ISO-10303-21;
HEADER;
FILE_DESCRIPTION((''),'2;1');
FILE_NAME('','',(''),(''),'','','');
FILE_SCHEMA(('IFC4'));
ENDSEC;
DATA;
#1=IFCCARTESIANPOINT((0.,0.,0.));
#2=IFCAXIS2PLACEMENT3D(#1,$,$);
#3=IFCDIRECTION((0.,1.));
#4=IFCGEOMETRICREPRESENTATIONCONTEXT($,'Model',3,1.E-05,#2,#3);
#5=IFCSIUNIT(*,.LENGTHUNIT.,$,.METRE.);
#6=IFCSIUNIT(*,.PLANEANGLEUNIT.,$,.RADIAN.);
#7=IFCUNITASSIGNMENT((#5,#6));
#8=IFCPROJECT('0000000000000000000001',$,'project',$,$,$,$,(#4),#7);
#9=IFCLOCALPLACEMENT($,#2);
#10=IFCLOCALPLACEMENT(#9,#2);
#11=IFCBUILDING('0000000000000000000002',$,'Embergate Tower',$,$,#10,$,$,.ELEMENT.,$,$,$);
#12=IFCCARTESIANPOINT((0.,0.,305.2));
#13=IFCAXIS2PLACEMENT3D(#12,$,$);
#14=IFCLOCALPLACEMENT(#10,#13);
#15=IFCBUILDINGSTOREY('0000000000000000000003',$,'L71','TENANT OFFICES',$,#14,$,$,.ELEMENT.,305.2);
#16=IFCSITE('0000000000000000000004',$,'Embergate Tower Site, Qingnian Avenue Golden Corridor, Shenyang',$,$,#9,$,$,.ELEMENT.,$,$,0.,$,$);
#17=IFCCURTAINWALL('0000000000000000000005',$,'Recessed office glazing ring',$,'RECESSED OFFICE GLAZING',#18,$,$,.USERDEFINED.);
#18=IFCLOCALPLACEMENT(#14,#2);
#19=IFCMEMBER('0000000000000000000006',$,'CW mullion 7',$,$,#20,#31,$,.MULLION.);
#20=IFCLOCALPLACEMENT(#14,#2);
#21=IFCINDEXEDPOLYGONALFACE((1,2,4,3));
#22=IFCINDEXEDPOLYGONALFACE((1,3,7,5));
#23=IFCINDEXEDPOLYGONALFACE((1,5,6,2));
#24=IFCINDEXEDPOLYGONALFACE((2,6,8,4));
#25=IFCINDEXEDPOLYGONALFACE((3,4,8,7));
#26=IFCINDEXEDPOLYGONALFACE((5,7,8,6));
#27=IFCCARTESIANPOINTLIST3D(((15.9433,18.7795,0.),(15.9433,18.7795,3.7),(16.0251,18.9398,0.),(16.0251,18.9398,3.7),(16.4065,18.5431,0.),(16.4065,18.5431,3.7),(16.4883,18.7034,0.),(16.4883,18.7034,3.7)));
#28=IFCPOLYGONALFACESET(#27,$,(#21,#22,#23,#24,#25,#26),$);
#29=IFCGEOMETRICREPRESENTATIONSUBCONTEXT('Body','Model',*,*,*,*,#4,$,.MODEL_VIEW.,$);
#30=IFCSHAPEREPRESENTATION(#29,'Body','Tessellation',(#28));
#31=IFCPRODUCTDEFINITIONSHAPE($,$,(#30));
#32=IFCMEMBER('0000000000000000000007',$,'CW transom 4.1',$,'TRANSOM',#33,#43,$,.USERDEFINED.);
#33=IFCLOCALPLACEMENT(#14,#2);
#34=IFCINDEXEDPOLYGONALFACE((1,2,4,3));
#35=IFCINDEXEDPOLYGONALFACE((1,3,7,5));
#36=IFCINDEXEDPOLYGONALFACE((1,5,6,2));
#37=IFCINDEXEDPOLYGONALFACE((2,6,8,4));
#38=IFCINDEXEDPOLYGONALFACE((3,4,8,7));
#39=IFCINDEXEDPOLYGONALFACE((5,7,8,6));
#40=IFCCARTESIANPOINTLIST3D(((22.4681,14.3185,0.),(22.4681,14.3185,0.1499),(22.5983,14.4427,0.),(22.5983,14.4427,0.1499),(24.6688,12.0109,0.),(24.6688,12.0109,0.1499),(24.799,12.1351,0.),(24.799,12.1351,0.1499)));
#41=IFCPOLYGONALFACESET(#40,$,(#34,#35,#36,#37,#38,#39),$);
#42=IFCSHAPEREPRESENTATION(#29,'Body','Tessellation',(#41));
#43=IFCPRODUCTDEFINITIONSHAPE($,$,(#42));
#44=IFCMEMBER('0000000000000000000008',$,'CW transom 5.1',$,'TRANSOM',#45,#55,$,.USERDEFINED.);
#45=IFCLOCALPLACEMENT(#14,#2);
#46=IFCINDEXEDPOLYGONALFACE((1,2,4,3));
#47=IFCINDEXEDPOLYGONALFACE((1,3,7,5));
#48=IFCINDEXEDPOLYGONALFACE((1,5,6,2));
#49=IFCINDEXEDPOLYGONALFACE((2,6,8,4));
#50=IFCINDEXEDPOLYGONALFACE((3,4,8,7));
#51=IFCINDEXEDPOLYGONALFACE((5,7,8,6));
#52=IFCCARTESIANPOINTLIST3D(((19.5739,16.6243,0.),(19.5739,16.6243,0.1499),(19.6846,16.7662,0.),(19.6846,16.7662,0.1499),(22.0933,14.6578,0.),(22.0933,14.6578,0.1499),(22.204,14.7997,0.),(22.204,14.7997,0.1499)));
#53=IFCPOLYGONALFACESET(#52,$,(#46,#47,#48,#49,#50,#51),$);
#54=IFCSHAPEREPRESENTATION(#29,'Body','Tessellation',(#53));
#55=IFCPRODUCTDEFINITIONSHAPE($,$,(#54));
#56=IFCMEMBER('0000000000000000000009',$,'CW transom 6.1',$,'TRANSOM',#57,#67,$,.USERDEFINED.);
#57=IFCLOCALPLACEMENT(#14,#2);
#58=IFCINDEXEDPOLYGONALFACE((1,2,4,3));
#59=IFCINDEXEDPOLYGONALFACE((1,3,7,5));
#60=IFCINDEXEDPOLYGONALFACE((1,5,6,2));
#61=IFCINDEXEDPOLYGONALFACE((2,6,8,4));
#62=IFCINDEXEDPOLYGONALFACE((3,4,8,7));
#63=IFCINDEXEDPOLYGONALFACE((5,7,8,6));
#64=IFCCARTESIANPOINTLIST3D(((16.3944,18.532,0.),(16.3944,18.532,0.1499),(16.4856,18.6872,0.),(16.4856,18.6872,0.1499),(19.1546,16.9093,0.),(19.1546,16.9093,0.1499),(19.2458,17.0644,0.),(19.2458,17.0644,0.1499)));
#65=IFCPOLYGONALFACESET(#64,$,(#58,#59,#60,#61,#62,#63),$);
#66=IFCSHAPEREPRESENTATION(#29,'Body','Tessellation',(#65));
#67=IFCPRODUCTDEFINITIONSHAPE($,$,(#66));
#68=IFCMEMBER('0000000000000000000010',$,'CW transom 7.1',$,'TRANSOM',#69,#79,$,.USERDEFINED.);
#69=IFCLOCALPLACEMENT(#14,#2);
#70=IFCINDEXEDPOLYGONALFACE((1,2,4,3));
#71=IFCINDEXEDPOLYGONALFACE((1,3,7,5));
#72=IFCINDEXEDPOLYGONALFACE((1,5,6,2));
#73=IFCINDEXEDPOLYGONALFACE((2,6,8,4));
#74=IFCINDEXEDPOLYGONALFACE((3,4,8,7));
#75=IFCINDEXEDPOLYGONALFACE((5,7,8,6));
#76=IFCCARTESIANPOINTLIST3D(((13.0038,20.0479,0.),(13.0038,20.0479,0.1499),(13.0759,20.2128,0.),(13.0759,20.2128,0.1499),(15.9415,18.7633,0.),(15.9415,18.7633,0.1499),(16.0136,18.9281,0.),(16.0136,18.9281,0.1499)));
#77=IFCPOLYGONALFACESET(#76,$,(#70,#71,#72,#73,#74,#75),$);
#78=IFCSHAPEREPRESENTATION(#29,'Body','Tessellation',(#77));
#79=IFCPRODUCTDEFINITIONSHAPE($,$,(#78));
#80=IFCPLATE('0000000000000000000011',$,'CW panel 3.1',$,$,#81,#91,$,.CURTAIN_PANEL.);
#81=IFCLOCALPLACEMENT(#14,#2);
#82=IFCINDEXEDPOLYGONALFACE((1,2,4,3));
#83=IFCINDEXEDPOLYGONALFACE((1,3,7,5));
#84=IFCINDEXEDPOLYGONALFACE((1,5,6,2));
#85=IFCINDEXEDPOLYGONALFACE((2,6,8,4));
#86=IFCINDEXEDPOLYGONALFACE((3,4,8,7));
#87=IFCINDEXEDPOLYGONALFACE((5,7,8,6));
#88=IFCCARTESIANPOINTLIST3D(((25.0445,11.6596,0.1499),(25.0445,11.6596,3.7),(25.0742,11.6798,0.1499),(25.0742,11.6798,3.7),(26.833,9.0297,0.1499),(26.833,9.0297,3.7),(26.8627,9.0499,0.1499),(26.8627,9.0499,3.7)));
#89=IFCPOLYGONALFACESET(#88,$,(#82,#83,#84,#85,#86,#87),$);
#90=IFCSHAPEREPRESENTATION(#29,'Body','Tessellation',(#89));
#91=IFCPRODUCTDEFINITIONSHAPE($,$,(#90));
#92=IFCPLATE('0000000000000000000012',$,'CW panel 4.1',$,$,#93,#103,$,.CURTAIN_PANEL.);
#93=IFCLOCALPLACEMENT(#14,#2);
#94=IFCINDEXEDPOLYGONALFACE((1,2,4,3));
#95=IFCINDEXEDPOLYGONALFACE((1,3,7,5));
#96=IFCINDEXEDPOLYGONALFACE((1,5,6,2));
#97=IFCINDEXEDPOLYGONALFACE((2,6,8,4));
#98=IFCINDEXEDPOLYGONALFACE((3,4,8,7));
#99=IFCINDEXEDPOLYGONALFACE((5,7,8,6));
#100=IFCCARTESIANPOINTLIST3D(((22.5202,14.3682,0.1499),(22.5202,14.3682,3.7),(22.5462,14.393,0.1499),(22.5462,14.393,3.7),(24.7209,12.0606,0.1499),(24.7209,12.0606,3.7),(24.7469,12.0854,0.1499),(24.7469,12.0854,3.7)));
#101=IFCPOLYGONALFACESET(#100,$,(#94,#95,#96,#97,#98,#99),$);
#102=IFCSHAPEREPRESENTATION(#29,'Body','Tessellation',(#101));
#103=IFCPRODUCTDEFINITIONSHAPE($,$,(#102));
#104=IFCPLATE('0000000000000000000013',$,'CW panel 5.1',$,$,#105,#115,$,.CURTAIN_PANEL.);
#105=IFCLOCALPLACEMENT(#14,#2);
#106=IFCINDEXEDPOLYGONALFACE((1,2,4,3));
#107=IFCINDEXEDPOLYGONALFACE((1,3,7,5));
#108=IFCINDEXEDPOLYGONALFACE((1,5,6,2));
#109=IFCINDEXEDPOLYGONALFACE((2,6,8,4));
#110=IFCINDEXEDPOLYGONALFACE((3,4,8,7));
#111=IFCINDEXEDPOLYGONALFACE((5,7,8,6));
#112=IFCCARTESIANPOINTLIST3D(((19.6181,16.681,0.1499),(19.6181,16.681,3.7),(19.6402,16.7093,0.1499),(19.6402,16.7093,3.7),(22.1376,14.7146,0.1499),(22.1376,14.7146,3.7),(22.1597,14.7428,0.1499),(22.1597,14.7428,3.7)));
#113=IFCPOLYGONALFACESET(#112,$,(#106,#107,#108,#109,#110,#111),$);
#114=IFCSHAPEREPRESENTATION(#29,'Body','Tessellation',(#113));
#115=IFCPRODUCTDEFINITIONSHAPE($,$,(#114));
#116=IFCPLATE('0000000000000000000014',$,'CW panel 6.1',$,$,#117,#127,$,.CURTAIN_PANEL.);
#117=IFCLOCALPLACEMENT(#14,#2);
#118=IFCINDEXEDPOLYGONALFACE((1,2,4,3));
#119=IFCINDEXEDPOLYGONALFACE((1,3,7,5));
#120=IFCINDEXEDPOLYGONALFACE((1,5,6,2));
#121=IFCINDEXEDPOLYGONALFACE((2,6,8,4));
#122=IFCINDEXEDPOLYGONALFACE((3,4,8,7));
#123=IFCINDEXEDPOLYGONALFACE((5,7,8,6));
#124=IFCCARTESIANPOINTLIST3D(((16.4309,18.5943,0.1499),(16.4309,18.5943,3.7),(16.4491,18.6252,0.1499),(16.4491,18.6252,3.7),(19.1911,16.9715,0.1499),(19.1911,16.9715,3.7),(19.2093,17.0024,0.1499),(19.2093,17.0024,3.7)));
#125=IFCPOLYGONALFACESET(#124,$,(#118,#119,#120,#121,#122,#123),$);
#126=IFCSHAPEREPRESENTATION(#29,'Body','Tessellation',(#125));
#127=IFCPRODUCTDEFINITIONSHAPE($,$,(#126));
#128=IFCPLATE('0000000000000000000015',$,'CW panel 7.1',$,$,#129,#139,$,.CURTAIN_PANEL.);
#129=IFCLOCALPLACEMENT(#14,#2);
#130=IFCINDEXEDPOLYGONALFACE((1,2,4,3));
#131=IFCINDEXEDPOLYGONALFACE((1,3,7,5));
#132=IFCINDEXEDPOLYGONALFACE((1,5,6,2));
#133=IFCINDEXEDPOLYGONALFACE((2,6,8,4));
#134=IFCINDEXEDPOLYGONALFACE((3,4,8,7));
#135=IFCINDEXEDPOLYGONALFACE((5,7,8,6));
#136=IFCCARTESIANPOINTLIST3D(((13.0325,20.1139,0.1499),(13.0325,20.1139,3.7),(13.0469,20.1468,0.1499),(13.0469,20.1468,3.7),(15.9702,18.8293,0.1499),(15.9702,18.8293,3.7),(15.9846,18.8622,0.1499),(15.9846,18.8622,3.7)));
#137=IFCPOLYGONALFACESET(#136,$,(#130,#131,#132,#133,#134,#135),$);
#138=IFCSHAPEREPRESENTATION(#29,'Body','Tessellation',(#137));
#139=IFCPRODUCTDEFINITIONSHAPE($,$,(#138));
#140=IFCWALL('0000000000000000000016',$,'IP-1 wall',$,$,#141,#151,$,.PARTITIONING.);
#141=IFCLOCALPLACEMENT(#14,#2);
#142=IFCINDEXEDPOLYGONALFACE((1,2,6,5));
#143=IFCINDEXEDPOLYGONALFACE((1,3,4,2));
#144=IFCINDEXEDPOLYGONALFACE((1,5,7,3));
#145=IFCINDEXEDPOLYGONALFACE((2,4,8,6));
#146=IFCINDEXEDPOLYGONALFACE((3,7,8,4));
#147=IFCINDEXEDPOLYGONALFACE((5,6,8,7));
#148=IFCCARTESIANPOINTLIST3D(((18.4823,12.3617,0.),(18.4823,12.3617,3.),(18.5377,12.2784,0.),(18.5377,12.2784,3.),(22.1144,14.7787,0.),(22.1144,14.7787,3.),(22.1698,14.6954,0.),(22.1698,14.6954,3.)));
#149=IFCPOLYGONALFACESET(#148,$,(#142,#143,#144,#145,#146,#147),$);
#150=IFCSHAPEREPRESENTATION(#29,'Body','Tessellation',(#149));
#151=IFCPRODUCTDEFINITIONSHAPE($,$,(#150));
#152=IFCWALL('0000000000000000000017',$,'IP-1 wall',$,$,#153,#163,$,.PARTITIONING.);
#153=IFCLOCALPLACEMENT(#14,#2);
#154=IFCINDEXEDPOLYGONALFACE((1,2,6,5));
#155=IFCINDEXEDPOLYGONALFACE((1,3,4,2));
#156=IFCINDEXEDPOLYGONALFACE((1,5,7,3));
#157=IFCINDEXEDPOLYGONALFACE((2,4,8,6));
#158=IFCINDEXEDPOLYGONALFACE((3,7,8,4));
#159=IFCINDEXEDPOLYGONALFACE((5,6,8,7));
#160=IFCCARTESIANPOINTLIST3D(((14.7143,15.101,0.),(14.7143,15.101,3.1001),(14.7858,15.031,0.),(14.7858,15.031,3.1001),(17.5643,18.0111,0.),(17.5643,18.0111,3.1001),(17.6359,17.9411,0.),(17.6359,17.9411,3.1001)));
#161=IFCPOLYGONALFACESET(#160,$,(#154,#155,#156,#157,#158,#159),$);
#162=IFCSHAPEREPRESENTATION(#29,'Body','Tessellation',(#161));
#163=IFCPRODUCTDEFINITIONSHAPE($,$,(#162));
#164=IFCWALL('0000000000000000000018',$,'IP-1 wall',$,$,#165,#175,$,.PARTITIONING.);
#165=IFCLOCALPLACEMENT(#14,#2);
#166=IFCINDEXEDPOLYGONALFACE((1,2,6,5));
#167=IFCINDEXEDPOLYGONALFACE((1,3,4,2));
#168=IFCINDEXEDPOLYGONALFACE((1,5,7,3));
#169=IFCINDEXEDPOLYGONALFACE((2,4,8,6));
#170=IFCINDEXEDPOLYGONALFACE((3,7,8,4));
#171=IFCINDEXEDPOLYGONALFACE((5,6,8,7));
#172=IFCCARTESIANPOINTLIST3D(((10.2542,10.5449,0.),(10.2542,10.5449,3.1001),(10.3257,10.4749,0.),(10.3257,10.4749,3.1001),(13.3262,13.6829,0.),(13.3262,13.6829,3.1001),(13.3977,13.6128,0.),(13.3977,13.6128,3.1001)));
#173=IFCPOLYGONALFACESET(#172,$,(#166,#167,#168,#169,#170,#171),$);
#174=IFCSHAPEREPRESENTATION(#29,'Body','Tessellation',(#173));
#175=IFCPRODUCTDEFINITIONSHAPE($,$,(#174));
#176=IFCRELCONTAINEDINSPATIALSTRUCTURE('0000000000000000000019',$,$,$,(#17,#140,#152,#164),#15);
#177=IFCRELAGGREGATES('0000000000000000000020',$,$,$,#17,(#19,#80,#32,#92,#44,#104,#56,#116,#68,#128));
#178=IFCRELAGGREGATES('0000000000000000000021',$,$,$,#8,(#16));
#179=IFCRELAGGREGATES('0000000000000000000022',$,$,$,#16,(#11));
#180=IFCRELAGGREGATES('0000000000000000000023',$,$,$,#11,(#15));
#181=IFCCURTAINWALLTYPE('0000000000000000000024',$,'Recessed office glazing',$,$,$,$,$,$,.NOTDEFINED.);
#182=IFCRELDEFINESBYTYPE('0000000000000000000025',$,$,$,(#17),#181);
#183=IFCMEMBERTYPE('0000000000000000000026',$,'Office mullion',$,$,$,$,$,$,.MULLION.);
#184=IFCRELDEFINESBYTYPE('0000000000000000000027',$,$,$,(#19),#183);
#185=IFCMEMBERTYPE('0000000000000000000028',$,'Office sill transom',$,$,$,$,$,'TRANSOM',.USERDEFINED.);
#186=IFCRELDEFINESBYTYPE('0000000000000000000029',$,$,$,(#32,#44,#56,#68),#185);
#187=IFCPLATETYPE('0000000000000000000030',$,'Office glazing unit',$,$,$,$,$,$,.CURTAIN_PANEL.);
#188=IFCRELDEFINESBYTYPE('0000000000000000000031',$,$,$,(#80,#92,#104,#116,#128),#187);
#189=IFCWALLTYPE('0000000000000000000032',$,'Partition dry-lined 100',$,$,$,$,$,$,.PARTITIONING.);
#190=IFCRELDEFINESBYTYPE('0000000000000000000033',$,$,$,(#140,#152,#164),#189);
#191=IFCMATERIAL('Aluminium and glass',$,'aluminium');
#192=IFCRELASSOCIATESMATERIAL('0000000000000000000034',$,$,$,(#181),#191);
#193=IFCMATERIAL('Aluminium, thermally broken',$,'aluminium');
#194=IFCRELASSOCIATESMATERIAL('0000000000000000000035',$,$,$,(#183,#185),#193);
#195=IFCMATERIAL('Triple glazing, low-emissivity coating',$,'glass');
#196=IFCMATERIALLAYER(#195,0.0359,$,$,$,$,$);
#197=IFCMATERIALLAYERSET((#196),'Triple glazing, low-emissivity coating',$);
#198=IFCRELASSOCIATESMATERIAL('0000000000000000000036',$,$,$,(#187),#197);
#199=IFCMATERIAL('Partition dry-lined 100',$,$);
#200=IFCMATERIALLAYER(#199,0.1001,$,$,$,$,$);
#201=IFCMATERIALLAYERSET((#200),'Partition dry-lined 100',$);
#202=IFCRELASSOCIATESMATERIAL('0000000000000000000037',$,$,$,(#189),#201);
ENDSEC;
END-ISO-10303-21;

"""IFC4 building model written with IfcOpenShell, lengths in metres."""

from ifc_helpers import new_model, si_unit, direction, frame, frame_2d, origin, origin_2d, place, context, subcontext, project, spatial, rectangle, extrude, source, transform, mapped, material, layer, layer_set, material_profile, profile_set, type_object, element, aggregate, save


model = new_model("IFC4")

# Units and contexts
model_context = context("Model", 3, precision=1e-05, world=origin(), true_north=direction((0.0, 1.0)))
body_context = subcontext(model_context, "Body", "Model", "MODEL_VIEW")
ifc_project = project(units=[si_unit("LENGTHUNIT", "METRE"), si_unit("PLANEANGLEUNIT", "RADIAN")], contexts=[model_context])

# Site, building, storey
site_placement = place(None, origin())
site = spatial("IfcSite", under=ifc_project, at=site_placement, Name="Embergate Tower Site, Qingnian Avenue Golden Corridor, Shenyang", CompositionType="ELEMENT", RefElevation=0.0)
building_placement = place(site_placement, origin())
building = spatial("IfcBuilding", under=site, at=building_placement, Name="Embergate Tower", CompositionType="ELEMENT")
storey_placement = place(building_placement, frame((0.0, 0.0, 305.2)))
storey = spatial("IfcBuildingStorey", under=building, at=storey_placement, Name="L71", Description="TENANT OFFICES", CompositionType="ELEMENT", Elevation=305.2)

# Curtain wall, members, plates
ifc_material_1 = material(Name="Aluminium and glass", Category="aluminium")
curtain_wall_type = type_object("IfcCurtainWallType", Name="Recessed office glazing", PredefinedType="NOTDEFINED", material=ifc_material_1)
curtain_wall_placement = place(storey_placement, origin())
curtain_wall = element("IfcCurtainWall", 1, at=curtain_wall_placement, inside=storey, type_object=curtain_wall_type, Name="Recessed office glazing ring", ObjectType="RECESSED OFFICE GLAZING", PredefinedType="USERDEFINED")
ifc_material_2 = material(Name="Aluminium, thermally broken", Category="aluminium")
ifc_material_profile_1 = material_profile(ifc_material_2, rectangle(XDim=0.1799, YDim=0.52, at=origin_2d()), Name="AL 520x180")
ifc_profile_set_1 = profile_set([ifc_material_profile_1], Name="Aluminium, thermally broken")
member_type_1 = type_object("IfcMemberType", Name="Office mullion", PredefinedType="MULLION", material=ifc_profile_set_1)
shared_shape_1 = source(origin(), body_context, "Body", "SweptSolid", [
    extrude(rectangle(XDim=0.1799, YDim=0.52, at=origin_2d()), origin(), (0.0, 0.0, 1.0), 3.7),
])
member_1_placement = place(storey_placement, frame((16.2158, 18.7415, 0.0), z_axis=(0.0, 0.0, 1.0), x_axis=(-0.454508, -0.890743, 0.0)))
member_1 = element("IfcMember", 2, at=member_1_placement, type_object=member_type_1, Name="CW mullion 7", PredefinedType="MULLION", context=body_context, shape_type="MappedRepresentation", body=[
    mapped(shared_shape_1, transform((0.0, 0.0, 0.0))),
])
ifc_material_profile_2 = material_profile(ifc_material_2, rectangle(XDim=0.1799, YDim=0.1499, at=origin_2d()), Name="AL 150x180")
ifc_profile_set_2 = profile_set([ifc_material_profile_2], Name="Aluminium, thermally broken")
member_type_2 = type_object("IfcMemberType", Name="Office sill transom", ElementType="TRANSOM", PredefinedType="USERDEFINED", material=ifc_profile_set_2)
shared_shape_2 = source(origin(), body_context, "Body", "SweptSolid", [
    extrude(rectangle(XDim=0.1799, YDim=0.1499, at=origin_2d()), origin(), (0.0, 0.0, 1.0), 3.1887),
])
member_2_placement = place(storey_placement, frame((24.7339, 12.073, 0.075), z_axis=(-0.690141, 0.723675, 0.0), x_axis=(-0.723675, -0.690141, 0.0)))
member_2 = element("IfcMember", 3, at=member_2_placement, type_object=member_type_2, Name="CW transom 4.1", ObjectType="TRANSOM", PredefinedType="USERDEFINED", context=body_context, shape_type="MappedRepresentation", body=[
    mapped(shared_shape_2, transform((0.0, 0.0, 0.0))),
])
shared_shape_3 = source(origin(), body_context, "Body", "SweptSolid", [
    extrude(rectangle(XDim=0.1799, YDim=0.1499, at=origin_2d()), origin(), (0.0, 0.0, 1.0), 3.196),
])
member_3_placement = place(storey_placement, frame((22.1487, 14.7288, 0.075), z_axis=(-0.788302, 0.615288, 0.0), x_axis=(-0.615288, -0.788302, 0.0)))
member_3 = element("IfcMember", 4, at=member_3_placement, type_object=member_type_2, Name="CW transom 5.1", ObjectType="TRANSOM", PredefinedType="USERDEFINED", context=body_context, shape_type="MappedRepresentation", body=[
    mapped(shared_shape_3, transform((0.0, 0.0, 0.0))),
])
shared_shape_4 = source(origin(), body_context, "Body", "SweptSolid", [
    extrude(rectangle(XDim=0.1799, YDim=0.1499, at=origin_2d()), origin(), (0.0, 0.0, 1.0), 3.2019),
])
member_4_placement = place(storey_placement, frame((19.2002, 16.9868, 0.075), z_axis=(-0.862054, 0.506817, 0.0), x_axis=(-0.506817, -0.862054, 0.0)))
member_4 = element("IfcMember", 5, at=member_4_placement, type_object=member_type_2, Name="CW transom 6.1", ObjectType="TRANSOM", PredefinedType="USERDEFINED", context=body_context, shape_type="MappedRepresentation", body=[
    mapped(shared_shape_4, transform((0.0, 0.0, 0.0))),
])
shared_shape_5 = source(origin(), body_context, "Body", "SweptSolid", [
    extrude(rectangle(XDim=0.1799, YDim=0.1499, at=origin_2d()), origin(), (0.0, 0.0, 1.0), 3.2063),
])
member_5_placement = place(storey_placement, frame((15.9775, 18.8457, 0.075), z_axis=(-0.916225, 0.400663, 0.0), x_axis=(-0.400663, -0.916225, 0.0)))
member_5 = element("IfcMember", 6, at=member_5_placement, type_object=member_type_2, Name="CW transom 7.1", ObjectType="TRANSOM", PredefinedType="USERDEFINED", context=body_context, shape_type="MappedRepresentation", body=[
    mapped(shared_shape_5, transform((0.0, 0.0, 0.0))),
])
ifc_material_3 = material(Name="Triple glazing, low-emissivity coating", Category="glass")
ifc_layer_1 = layer(ifc_material_3, 0.0359)
ifc_layer_set_1 = layer_set([ifc_layer_1], Name="Triple glazing, low-emissivity coating")
plate_type = type_object("IfcPlateType", Name="Office glazing unit", PredefinedType="CURTAIN_PANEL", material=ifc_layer_set_1)
shared_shape_6 = source(origin(), body_context, "Body", "SweptSolid", [
    extrude(rectangle(XDim=3.1804, YDim=0.0359, at=origin_2d()), origin(), (0.0, 0.0, 1.0), 3.55),
])
plate_1_placement = place(storey_placement, frame((25.9536, 10.3547, 0.1499), z_axis=(0.0, 0.0, 1.0), x_axis=(-0.562342, 0.826905, 0.0)))
plate_1 = element("IfcPlate", 7, at=plate_1_placement, type_object=plate_type, Name="CW panel 3.1", PredefinedType="CURTAIN_PANEL", context=body_context, shape_type="MappedRepresentation", body=[
    mapped(shared_shape_6, transform((0.0, 0.0, 0.0))),
])
shared_shape_7 = source(origin(), body_context, "Body", "SweptSolid", [
    extrude(rectangle(XDim=3.1887, YDim=0.0359, at=origin_2d()), origin(), (0.0, 0.0, 1.0), 3.55),
])
plate_2_placement = place(storey_placement, frame((23.6335, 13.2268, 0.1499), z_axis=(0.0, 0.0, 1.0), x_axis=(-0.690133, 0.723683, 0.0)))
plate_2 = element("IfcPlate", 8, at=plate_2_placement, type_object=plate_type, Name="CW panel 4.1", PredefinedType="CURTAIN_PANEL", context=body_context, shape_type="MappedRepresentation", body=[
    mapped(shared_shape_7, transform((0.0, 0.0, 0.0))),
])
shared_shape_8 = source(origin(), body_context, "Body", "SweptSolid", [
    extrude(rectangle(XDim=3.196, YDim=0.0359, at=origin_2d()), origin(), (0.0, 0.0, 1.0), 3.55),
])
plate_3_placement = place(storey_placement, frame((20.8889, 15.7119, 0.1499), z_axis=(0.0, 0.0, 1.0), x_axis=(-0.788318, 0.615268, 0.0)))
plate_3 = element("IfcPlate", 9, at=plate_3_placement, type_object=plate_type, Name="CW panel 5.1", PredefinedType="CURTAIN_PANEL", context=body_context, shape_type="MappedRepresentation", body=[
    mapped(shared_shape_8, transform((0.0, 0.0, 0.0))),
])
shared_shape_9 = source(origin(), body_context, "Body", "SweptSolid", [
    extrude(rectangle(XDim=3.2019, YDim=0.0359, at=origin_2d()), origin(), (0.0, 0.0, 1.0), 3.55),
])
plate_4_placement = place(storey_placement, frame((17.8201, 17.7983, 0.1499), z_axis=(0.0, 0.0, 1.0), x_axis=(-0.862051, 0.506822, 0.0)))
plate_4 = element("IfcPlate", 10, at=plate_4_placement, type_object=plate_type, Name="CW panel 6.1", PredefinedType="CURTAIN_PANEL", context=body_context, shape_type="MappedRepresentation", body=[
    mapped(shared_shape_9, transform((0.0, 0.0, 0.0))),
])
shared_shape_10 = source(origin(), body_context, "Body", "SweptSolid", [
    extrude(rectangle(XDim=3.2063, YDim=0.0359, at=origin_2d()), origin(), (0.0, 0.0, 1.0), 3.55),
])
plate_5_placement = place(storey_placement, frame((14.5085, 19.488, 0.1499), z_axis=(0.0, 0.0, 1.0), x_axis=(-0.916234, 0.400643, 0.0)))
plate_5 = element("IfcPlate", 11, at=plate_5_placement, type_object=plate_type, Name="CW panel 7.1", PredefinedType="CURTAIN_PANEL", context=body_context, shape_type="MappedRepresentation", body=[
    mapped(shared_shape_10, transform((0.0, 0.0, 0.0))),
])
aggregate(curtain_wall, [member_1, plate_1, member_2, plate_2, member_3, plate_3, member_4, plate_4, member_5, plate_5])

# Walls
ifc_material_4 = material(Name="Partition dry-lined 100")
ifc_layer_2 = layer(ifc_material_4, 0.1001)
ifc_layer_set_2 = layer_set([ifc_layer_2], Name="Partition dry-lined 100")
wall_type = type_object("IfcWallType", Name="Partition dry-lined 100", PredefinedType="PARTITIONING", material=ifc_layer_set_2)
shared_shape_11 = source(origin(), body_context, "Body", "SweptSolid", [
    extrude(rectangle(XDim=4.3628, YDim=0.1001, at=frame_2d((2.1814, 0.0))), origin(), (0.0, 0.0, 1.0), 3.0),
])
wall_1_placement = place(storey_placement, frame((18.51, 12.3201, 0.0), z_axis=(0.0, 0.0, 1.0), x_axis=(0.832515, 0.554003, 0.0)))
element("IfcWall", 12, at=wall_1_placement, inside=storey, type_object=wall_type, Name="IP-1 wall", PredefinedType="PARTITIONING", context=body_context, shape_type="MappedRepresentation", body=[
    mapped(shared_shape_11, transform((0.0, 0.0, 0.0))),
])
shared_shape_12 = source(origin(), body_context, "Body", "SweptSolid", [
    extrude(rectangle(XDim=4.0732, YDim=0.1001, at=frame_2d((2.0366, 0.0))), origin(), (0.0, 0.0, 1.0), 3.1001),
])
wall_2_placement = place(storey_placement, frame((17.6001, 17.9761, 0.0), z_axis=(0.0, 0.0, 1.0), x_axis=(-0.699696, -0.714441, 0.0)))
element("IfcWall", 13, at=wall_2_placement, inside=storey, type_object=wall_type, Name="IP-1 wall", PredefinedType="PARTITIONING", context=body_context, shape_type="MappedRepresentation", body=[
    mapped(shared_shape_12, transform((0.0, 0.0, 0.0))),
])
shared_shape_13 = source(origin(), body_context, "Body", "SweptSolid", [
    extrude(rectangle(XDim=4.3914, YDim=0.1001, at=frame_2d((2.1958, 0.0))), origin(), (0.0, 0.0, 1.0), 3.1001),
])
wall_3_placement = place(storey_placement, frame((13.3621, 13.6479, 0.0), z_axis=(0.0, 0.0, 1.0), x_axis=(-0.699562, -0.714572, 0.0)))
element("IfcWall", 14, at=wall_3_placement, inside=storey, type_object=wall_type, Name="IP-1 wall", PredefinedType="PARTITIONING", context=body_context, shape_type="MappedRepresentation", body=[
    mapped(shared_shape_13, transform((0.0, 0.0, 0.0))),
])

save(model, "model.ifc")
